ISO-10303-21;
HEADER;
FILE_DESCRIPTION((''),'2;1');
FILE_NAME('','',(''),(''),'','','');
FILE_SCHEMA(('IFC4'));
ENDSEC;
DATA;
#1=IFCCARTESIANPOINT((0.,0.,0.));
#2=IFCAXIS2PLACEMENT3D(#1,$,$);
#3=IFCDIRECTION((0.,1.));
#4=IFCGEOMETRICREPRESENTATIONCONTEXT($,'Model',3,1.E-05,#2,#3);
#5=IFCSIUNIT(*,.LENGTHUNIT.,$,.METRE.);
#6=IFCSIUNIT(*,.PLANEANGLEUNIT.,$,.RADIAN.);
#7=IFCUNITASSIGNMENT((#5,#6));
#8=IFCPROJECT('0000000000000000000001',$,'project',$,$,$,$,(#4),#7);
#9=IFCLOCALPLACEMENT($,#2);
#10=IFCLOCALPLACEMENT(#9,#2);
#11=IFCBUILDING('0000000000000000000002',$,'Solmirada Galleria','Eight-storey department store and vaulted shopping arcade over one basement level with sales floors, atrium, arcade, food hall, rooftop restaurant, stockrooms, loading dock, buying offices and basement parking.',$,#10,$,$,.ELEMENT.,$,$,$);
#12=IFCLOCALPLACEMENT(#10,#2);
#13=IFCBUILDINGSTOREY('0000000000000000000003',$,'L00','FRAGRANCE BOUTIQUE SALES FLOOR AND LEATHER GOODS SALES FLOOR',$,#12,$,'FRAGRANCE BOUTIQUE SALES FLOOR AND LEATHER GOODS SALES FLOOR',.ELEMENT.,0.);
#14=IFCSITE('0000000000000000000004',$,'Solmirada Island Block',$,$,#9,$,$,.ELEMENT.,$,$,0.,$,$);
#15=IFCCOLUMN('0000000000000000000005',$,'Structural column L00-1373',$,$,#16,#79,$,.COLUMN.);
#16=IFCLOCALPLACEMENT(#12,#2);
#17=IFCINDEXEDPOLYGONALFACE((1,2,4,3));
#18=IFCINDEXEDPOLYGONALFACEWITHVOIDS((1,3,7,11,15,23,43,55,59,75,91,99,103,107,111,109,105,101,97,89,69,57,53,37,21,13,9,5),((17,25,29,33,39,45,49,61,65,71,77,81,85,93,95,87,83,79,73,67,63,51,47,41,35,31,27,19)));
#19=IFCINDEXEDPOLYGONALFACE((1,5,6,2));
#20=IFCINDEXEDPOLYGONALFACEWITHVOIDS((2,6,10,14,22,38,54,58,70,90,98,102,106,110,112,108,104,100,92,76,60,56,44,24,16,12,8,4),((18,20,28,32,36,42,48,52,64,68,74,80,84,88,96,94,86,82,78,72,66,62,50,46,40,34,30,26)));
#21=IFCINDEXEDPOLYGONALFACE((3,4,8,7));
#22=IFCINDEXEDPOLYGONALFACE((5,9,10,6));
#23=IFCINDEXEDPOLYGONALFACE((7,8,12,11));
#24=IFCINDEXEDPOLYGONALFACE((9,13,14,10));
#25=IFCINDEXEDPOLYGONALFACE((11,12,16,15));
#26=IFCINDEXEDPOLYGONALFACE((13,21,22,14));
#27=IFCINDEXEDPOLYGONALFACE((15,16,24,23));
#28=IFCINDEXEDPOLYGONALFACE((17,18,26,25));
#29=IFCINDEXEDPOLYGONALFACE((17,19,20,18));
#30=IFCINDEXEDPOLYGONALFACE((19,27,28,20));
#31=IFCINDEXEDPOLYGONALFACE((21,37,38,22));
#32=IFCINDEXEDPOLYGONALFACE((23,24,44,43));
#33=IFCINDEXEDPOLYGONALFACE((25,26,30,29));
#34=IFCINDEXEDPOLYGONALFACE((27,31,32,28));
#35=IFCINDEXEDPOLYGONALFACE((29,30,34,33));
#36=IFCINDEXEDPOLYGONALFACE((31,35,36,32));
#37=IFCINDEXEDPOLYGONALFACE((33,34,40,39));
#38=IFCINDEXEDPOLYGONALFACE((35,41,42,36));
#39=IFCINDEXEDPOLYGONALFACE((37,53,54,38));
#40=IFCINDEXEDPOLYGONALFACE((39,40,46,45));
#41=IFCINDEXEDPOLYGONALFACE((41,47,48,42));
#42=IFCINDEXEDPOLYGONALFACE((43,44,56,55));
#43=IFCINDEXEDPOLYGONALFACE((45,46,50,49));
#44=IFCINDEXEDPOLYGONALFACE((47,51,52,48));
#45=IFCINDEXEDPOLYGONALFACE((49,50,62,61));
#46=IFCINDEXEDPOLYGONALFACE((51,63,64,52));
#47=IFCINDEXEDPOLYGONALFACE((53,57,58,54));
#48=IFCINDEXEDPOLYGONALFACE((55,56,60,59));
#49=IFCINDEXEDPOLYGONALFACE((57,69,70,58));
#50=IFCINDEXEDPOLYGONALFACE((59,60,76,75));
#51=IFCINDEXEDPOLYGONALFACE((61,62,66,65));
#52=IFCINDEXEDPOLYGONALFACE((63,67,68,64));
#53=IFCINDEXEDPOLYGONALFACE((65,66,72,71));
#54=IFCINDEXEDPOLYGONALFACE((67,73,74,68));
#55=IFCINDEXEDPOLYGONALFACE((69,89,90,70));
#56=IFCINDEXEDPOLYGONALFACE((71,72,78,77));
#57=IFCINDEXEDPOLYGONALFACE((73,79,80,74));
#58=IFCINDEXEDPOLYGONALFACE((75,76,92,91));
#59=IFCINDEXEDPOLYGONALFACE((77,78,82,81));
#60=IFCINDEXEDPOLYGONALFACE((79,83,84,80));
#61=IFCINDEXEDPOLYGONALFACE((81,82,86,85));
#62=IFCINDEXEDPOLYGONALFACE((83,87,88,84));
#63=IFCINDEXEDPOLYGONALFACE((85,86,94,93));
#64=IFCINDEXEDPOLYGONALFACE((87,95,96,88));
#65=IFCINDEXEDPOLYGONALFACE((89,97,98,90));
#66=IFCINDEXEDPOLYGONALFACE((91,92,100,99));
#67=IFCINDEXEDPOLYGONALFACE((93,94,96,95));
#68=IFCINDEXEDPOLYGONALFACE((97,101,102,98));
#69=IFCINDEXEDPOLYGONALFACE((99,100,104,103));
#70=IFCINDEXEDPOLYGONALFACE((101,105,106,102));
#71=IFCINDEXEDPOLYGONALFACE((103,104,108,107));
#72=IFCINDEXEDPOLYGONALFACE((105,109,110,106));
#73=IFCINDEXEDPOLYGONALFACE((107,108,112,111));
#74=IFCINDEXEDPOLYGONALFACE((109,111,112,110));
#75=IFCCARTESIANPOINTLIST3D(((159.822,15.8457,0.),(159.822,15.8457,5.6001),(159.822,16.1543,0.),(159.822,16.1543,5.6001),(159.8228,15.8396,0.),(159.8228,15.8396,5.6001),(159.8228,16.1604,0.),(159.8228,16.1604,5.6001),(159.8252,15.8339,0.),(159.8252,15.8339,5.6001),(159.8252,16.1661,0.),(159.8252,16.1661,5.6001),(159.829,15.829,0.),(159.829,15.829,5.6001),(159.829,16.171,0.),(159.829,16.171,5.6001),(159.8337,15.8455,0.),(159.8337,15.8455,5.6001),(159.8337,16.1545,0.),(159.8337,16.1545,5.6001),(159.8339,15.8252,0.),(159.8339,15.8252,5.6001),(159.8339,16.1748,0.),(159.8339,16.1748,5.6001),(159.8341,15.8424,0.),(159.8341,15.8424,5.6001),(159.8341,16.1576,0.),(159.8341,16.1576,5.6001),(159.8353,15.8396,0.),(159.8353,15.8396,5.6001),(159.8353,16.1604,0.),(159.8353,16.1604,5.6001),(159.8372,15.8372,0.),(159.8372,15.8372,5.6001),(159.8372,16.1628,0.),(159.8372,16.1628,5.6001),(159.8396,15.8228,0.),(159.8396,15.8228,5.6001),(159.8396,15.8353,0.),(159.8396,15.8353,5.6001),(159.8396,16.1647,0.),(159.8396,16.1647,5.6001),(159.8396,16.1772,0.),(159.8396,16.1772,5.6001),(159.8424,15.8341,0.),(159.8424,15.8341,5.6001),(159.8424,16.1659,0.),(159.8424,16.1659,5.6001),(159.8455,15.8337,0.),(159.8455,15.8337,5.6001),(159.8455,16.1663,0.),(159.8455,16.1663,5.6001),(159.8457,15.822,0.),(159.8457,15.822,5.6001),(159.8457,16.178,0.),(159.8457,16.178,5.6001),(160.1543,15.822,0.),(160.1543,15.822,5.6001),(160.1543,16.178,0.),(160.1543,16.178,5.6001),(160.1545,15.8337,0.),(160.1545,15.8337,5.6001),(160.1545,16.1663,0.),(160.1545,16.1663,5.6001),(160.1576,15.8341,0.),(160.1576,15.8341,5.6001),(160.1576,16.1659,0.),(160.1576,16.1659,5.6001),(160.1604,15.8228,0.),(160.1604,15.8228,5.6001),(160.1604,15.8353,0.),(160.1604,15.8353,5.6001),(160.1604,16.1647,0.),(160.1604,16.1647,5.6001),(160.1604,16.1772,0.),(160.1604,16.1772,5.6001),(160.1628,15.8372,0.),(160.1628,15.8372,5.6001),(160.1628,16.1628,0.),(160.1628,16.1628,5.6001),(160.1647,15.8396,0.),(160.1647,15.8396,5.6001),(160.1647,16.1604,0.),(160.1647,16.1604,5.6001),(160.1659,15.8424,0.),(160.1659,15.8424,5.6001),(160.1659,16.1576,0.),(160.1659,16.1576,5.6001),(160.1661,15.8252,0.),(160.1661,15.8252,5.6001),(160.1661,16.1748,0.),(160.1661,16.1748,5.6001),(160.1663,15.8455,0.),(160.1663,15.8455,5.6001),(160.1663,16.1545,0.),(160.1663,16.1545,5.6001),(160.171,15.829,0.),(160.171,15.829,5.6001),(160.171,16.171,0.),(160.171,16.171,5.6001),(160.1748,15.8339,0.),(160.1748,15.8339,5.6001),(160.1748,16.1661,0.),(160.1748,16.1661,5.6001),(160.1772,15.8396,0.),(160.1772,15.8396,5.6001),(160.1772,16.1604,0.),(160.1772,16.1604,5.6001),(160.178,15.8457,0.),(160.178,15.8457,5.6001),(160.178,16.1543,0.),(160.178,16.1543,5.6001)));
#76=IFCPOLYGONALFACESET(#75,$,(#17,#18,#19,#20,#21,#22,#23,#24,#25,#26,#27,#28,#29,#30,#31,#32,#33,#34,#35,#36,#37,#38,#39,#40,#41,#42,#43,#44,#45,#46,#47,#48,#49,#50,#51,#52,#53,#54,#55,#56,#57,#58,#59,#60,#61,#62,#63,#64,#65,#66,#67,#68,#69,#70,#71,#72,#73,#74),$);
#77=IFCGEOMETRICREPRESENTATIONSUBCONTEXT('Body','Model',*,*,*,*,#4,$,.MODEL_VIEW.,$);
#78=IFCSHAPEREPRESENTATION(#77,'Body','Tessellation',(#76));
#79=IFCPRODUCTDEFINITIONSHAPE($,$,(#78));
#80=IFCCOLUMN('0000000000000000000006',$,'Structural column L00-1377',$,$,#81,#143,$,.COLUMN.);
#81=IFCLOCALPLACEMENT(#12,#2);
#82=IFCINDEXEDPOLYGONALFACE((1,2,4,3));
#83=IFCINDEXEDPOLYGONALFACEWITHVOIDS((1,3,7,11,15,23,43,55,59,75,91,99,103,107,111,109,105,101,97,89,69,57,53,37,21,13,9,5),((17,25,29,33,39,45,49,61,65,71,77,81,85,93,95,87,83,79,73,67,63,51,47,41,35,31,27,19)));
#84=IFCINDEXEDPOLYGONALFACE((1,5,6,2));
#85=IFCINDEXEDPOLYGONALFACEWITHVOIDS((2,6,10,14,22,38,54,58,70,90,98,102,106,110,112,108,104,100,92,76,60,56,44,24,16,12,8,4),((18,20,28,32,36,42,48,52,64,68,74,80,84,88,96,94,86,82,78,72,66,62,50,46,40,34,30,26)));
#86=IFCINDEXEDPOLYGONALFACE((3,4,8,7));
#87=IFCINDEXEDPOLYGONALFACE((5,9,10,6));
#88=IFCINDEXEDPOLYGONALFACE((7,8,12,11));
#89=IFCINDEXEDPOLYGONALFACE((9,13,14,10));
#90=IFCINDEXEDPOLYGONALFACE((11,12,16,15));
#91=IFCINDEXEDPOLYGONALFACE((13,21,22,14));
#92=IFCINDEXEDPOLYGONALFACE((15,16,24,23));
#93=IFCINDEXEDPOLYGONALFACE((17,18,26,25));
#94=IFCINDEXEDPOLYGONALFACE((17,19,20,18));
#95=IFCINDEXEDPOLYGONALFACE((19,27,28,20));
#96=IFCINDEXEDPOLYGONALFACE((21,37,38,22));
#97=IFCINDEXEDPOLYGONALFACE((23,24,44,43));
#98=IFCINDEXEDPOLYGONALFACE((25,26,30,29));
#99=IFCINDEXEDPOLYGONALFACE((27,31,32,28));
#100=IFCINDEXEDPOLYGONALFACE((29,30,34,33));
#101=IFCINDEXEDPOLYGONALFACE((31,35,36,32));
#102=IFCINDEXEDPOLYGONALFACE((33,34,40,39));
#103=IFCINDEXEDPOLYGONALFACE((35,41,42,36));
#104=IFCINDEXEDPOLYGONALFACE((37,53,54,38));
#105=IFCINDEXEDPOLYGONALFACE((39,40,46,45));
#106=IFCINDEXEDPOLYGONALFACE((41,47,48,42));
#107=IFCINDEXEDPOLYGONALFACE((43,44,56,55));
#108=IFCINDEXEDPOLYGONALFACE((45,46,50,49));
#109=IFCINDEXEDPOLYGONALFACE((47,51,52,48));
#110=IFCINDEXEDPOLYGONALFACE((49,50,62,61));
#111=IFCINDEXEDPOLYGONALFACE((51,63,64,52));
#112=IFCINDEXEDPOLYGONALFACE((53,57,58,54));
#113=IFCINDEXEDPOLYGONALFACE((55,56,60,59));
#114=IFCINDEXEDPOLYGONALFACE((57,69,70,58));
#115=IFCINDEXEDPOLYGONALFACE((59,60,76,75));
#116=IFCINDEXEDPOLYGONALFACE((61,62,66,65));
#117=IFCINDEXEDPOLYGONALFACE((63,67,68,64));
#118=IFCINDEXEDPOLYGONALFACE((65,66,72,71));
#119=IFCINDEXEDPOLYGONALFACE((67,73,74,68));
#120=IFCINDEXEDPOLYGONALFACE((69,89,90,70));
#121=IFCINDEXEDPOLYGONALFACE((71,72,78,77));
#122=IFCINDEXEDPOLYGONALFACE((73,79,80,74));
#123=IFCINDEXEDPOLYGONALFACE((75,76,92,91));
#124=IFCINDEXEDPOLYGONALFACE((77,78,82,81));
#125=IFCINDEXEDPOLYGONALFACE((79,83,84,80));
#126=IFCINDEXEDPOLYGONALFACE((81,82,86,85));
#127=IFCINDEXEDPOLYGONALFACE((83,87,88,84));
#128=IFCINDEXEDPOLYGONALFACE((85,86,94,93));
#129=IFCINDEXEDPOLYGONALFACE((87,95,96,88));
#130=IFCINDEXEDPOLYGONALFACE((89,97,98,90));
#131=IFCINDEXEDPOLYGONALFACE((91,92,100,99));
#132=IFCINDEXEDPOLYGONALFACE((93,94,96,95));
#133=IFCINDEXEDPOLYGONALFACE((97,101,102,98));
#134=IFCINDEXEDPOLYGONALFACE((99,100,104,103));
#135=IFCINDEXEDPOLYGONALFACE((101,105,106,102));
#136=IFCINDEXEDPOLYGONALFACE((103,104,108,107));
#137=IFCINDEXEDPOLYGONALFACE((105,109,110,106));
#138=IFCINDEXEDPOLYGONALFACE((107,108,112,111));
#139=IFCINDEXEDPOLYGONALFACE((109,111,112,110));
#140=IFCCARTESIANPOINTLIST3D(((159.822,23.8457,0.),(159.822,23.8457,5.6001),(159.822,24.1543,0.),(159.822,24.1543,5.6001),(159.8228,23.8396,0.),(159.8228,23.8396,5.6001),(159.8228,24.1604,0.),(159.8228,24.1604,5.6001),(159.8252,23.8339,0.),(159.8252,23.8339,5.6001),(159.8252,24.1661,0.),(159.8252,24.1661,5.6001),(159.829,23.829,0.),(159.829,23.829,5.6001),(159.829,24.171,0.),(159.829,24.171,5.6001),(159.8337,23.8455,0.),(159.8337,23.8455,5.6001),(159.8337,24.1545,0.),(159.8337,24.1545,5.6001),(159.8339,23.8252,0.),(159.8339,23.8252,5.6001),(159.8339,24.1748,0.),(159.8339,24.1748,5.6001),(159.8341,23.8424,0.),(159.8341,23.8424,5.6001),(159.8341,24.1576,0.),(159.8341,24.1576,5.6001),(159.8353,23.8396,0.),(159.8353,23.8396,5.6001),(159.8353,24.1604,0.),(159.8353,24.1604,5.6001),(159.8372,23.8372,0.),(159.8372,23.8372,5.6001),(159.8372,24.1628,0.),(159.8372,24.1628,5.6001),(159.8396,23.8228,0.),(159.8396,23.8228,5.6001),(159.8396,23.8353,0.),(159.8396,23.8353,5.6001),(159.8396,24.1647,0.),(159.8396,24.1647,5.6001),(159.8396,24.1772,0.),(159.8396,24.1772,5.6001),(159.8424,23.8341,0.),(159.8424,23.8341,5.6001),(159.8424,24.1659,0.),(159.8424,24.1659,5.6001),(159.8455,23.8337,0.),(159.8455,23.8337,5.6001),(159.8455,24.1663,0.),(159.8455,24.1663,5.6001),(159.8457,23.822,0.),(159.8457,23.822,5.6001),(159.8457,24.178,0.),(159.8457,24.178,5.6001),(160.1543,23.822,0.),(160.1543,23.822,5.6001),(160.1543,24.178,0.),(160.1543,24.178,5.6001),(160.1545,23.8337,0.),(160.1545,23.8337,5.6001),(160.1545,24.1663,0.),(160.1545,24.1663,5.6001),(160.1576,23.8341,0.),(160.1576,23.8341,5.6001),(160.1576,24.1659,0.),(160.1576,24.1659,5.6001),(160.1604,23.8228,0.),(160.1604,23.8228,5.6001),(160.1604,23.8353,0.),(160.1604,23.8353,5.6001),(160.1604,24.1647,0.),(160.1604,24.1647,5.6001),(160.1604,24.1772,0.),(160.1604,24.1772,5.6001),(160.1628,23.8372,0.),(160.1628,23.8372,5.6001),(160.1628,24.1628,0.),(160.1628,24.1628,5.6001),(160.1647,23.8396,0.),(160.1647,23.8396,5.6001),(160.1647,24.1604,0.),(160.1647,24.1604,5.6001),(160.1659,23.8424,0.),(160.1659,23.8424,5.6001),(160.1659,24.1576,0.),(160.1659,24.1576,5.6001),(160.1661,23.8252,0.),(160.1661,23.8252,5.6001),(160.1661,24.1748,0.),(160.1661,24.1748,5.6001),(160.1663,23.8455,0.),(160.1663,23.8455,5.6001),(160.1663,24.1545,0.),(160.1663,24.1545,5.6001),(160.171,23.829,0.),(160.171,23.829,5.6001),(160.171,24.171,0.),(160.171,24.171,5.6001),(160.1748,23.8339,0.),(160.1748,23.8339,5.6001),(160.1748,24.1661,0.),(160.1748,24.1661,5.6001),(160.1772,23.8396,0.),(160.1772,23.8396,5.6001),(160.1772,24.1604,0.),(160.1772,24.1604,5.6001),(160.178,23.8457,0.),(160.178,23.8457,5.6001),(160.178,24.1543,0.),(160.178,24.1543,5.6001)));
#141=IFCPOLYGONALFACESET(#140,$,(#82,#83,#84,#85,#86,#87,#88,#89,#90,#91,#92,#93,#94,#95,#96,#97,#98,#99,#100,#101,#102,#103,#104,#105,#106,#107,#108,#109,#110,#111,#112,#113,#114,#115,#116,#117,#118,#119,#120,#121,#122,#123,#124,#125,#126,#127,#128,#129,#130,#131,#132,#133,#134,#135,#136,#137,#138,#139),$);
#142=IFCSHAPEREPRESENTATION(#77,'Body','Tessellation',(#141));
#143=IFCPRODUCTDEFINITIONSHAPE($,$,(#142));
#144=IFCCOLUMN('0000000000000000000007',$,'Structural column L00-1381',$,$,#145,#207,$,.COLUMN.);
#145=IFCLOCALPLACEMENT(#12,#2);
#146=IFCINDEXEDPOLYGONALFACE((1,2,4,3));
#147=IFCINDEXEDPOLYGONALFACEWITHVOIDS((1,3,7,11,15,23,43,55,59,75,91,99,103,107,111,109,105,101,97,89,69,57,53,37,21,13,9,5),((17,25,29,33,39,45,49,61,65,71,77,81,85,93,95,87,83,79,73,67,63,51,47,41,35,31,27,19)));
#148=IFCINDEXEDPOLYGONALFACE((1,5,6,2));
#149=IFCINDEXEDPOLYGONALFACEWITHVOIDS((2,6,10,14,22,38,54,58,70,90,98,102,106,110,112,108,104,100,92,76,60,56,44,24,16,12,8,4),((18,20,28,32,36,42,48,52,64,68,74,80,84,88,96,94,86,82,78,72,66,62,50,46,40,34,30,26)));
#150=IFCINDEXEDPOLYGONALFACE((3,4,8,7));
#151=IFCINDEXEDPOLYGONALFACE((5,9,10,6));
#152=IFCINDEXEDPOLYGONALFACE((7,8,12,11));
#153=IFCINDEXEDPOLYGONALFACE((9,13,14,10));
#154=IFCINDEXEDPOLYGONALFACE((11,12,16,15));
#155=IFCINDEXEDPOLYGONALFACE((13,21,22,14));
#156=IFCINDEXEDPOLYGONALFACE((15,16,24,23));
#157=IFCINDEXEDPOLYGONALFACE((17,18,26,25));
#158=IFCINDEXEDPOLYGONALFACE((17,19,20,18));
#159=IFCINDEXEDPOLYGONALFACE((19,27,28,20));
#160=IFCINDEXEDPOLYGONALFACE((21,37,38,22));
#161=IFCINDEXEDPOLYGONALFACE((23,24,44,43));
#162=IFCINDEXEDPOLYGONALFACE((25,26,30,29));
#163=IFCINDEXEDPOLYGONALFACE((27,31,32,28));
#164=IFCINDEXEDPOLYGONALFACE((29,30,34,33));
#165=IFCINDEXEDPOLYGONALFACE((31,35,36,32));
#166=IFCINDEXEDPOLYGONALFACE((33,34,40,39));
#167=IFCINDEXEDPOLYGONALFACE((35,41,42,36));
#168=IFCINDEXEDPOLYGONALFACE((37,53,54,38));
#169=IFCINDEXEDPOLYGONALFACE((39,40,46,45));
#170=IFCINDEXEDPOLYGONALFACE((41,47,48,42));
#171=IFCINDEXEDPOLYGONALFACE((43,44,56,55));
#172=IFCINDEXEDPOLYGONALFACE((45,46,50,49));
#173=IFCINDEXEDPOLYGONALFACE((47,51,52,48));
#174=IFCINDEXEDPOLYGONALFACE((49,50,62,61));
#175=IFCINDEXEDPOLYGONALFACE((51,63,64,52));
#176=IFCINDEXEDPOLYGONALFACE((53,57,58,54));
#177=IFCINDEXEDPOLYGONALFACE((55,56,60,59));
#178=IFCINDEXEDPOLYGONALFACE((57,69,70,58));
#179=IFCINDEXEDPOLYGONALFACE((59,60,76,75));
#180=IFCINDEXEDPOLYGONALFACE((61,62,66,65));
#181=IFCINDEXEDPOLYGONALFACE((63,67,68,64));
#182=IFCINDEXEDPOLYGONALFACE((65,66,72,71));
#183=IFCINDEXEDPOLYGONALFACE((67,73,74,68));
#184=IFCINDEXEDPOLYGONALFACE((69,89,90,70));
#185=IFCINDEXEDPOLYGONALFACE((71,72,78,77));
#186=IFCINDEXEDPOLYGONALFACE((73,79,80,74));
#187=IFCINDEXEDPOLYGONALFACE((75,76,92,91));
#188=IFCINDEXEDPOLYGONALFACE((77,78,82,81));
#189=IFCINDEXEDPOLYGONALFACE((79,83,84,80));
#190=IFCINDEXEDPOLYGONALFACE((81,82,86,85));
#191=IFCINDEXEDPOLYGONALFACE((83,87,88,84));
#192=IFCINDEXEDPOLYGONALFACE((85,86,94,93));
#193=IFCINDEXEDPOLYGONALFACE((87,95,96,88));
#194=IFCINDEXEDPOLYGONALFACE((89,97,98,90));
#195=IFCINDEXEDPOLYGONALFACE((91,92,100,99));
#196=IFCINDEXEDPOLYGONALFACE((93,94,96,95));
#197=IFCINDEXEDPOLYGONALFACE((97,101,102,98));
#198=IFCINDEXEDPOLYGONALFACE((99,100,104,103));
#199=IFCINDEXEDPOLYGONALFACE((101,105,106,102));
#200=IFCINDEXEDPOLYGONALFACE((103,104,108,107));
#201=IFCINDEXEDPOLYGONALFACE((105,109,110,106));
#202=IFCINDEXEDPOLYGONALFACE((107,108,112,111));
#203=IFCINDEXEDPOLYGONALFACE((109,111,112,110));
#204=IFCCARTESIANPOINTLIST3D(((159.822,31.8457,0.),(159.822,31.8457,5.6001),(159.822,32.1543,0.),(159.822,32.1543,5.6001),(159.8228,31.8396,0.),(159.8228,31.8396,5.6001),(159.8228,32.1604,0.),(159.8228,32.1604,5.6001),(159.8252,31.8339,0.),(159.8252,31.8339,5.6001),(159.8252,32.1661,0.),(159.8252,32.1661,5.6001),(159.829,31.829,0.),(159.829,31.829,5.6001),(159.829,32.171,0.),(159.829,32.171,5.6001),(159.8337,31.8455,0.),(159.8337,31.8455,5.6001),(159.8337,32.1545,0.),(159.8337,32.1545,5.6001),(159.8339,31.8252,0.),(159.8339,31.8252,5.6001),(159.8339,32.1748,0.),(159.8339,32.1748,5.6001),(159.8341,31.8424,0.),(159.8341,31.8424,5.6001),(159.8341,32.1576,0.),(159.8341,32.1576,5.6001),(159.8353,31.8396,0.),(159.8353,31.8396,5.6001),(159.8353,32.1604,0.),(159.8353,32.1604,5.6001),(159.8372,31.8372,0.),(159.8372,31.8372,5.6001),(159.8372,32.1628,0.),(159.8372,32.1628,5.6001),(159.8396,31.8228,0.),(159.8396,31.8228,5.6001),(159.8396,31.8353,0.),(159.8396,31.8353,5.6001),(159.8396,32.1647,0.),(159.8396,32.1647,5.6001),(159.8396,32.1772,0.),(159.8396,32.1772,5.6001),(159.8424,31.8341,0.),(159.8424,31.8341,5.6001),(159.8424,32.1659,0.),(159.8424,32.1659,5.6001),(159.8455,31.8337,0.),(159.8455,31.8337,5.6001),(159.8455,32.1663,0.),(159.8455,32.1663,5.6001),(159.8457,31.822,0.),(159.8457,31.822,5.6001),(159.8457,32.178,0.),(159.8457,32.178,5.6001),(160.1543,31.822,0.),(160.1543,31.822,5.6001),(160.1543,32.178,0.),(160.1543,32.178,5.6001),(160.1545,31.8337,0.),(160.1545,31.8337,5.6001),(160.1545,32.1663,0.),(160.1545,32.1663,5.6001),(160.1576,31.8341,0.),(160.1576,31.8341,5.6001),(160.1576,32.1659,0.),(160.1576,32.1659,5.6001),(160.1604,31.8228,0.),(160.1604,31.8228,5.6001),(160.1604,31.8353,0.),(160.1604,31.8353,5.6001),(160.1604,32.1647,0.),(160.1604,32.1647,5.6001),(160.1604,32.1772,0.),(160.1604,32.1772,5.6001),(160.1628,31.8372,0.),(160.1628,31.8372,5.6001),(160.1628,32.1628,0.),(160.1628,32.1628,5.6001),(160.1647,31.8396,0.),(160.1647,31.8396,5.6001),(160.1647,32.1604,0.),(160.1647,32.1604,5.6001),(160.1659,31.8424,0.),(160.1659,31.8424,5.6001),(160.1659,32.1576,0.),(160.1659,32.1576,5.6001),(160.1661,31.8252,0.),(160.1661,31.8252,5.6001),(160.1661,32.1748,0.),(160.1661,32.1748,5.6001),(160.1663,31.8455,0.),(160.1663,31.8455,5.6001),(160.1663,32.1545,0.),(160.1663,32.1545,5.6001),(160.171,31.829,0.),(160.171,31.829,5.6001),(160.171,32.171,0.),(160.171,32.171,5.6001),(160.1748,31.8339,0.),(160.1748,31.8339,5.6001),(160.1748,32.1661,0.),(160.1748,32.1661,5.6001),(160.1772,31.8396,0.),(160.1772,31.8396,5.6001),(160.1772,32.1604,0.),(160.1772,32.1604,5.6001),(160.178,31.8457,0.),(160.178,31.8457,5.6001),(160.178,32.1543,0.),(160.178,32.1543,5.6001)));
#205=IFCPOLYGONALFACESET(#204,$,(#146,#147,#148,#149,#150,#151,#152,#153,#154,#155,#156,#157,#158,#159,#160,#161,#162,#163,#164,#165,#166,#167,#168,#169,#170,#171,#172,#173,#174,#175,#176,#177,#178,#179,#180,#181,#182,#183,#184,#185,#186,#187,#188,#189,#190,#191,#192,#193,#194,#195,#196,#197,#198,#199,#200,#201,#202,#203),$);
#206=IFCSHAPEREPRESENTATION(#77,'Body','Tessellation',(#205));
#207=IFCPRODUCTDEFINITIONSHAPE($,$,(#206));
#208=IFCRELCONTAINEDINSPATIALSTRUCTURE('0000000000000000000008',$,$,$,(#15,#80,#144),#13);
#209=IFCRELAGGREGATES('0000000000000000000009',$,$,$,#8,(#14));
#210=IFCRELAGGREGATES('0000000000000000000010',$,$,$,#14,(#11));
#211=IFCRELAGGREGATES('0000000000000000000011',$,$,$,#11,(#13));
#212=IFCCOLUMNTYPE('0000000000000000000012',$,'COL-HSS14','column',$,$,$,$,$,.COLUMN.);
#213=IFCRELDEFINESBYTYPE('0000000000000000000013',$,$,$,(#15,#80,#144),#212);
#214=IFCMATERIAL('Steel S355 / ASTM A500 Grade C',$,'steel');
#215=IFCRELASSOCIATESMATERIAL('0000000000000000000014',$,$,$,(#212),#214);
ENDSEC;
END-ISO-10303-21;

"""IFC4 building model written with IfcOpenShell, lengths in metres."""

from ifc_helpers import new_model, si_unit, direction, frame, origin, origin_2d, place, context, subcontext, project, spatial, hollow_rectangle, extrude, material, material_profile, profile_set, type_object, element, save


model = new_model("IFC4")

# Units and contexts
model_context = context("Model", 3, precision=1e-05, world=origin(), true_north=direction((0.0, 1.0)))
body_context = subcontext(model_context, "Body", "Model", "MODEL_VIEW")
ifc_project = project(units=[si_unit("LENGTHUNIT", "METRE"), si_unit("PLANEANGLEUNIT", "RADIAN")], contexts=[model_context])

# Site, building, storey
site_placement = place(None, origin())
site = spatial("IfcSite", under=ifc_project, at=site_placement, Name="Solmirada Island Block", CompositionType="ELEMENT", RefElevation=0.0)
building_placement = place(site_placement, origin())
building = spatial("IfcBuilding", under=site, at=building_placement, Name="Solmirada Galleria", Description="Eight-storey department store and vaulted shopping arcade over one basement level with sales floors, atrium, arcade, food hall, rooftop restaurant, stockrooms, loading dock, buying offices and basement parking.", CompositionType="ELEMENT")
storey_placement = place(building_placement, origin())
storey = spatial("IfcBuildingStorey", under=building, at=storey_placement, Name="L00", Description="FRAGRANCE BOUTIQUE SALES FLOOR AND LEATHER GOODS SALES FLOOR", LongName="FRAGRANCE BOUTIQUE SALES FLOOR AND LEATHER GOODS SALES FLOOR", CompositionType="ELEMENT", Elevation=0.0)

# Columns
ifc_material_1 = material(Name="Steel S355 / ASTM A500 Grade C", Category="steel")
ifc_material_profile_1 = material_profile(ifc_material_1, hollow_rectangle(XDim=0.356, YDim=0.356, WallThickness=0.0117, InnerFilletRadius=0.0117, OuterFilletRadius=0.0237, at=origin_2d()), Name="HSS14X14X1/2")
ifc_profile_set_1 = profile_set([ifc_material_profile_1], Name="Steel S355 / ASTM A500 Grade C")
column_type = type_object("IfcColumnType", Name="COL-HSS14", Description="column", PredefinedType="COLUMN", material=ifc_profile_set_1)
for number, where, z_axis, x_axis, name in (
    (1, (160.0, 16.0, 0.0), (0.0, 0.0, 1.0), (1.0, 0.0, 0.0), "Structural column L00-1373"),
    (2, (160.0, 24.0, 0.0), (0.0, 0.0, 1.0), (1.0, 0.0, 0.0), "Structural column L00-1377"),
    (3, (160.0, 32.0, 0.0), (0.0, 0.0, 1.0), (1.0, 0.0, 0.0), "Structural column L00-1381"),
):
    element("IfcColumn", number, at=place(storey_placement, frame(where, z_axis=z_axis, x_axis=x_axis)), inside=storey, type_object=column_type, Name=name, PredefinedType="COLUMN", context=body_context, shape_type="SweptSolid", body=[
        extrude(hollow_rectangle(XDim=0.356, YDim=0.356, WallThickness=0.0117, InnerFilletRadius=0.0117, OuterFilletRadius=0.0237, at=origin_2d()), origin(), (0.0, 0.0, 1.0), 5.6001),
    ])

save(model, "model.ifc")
